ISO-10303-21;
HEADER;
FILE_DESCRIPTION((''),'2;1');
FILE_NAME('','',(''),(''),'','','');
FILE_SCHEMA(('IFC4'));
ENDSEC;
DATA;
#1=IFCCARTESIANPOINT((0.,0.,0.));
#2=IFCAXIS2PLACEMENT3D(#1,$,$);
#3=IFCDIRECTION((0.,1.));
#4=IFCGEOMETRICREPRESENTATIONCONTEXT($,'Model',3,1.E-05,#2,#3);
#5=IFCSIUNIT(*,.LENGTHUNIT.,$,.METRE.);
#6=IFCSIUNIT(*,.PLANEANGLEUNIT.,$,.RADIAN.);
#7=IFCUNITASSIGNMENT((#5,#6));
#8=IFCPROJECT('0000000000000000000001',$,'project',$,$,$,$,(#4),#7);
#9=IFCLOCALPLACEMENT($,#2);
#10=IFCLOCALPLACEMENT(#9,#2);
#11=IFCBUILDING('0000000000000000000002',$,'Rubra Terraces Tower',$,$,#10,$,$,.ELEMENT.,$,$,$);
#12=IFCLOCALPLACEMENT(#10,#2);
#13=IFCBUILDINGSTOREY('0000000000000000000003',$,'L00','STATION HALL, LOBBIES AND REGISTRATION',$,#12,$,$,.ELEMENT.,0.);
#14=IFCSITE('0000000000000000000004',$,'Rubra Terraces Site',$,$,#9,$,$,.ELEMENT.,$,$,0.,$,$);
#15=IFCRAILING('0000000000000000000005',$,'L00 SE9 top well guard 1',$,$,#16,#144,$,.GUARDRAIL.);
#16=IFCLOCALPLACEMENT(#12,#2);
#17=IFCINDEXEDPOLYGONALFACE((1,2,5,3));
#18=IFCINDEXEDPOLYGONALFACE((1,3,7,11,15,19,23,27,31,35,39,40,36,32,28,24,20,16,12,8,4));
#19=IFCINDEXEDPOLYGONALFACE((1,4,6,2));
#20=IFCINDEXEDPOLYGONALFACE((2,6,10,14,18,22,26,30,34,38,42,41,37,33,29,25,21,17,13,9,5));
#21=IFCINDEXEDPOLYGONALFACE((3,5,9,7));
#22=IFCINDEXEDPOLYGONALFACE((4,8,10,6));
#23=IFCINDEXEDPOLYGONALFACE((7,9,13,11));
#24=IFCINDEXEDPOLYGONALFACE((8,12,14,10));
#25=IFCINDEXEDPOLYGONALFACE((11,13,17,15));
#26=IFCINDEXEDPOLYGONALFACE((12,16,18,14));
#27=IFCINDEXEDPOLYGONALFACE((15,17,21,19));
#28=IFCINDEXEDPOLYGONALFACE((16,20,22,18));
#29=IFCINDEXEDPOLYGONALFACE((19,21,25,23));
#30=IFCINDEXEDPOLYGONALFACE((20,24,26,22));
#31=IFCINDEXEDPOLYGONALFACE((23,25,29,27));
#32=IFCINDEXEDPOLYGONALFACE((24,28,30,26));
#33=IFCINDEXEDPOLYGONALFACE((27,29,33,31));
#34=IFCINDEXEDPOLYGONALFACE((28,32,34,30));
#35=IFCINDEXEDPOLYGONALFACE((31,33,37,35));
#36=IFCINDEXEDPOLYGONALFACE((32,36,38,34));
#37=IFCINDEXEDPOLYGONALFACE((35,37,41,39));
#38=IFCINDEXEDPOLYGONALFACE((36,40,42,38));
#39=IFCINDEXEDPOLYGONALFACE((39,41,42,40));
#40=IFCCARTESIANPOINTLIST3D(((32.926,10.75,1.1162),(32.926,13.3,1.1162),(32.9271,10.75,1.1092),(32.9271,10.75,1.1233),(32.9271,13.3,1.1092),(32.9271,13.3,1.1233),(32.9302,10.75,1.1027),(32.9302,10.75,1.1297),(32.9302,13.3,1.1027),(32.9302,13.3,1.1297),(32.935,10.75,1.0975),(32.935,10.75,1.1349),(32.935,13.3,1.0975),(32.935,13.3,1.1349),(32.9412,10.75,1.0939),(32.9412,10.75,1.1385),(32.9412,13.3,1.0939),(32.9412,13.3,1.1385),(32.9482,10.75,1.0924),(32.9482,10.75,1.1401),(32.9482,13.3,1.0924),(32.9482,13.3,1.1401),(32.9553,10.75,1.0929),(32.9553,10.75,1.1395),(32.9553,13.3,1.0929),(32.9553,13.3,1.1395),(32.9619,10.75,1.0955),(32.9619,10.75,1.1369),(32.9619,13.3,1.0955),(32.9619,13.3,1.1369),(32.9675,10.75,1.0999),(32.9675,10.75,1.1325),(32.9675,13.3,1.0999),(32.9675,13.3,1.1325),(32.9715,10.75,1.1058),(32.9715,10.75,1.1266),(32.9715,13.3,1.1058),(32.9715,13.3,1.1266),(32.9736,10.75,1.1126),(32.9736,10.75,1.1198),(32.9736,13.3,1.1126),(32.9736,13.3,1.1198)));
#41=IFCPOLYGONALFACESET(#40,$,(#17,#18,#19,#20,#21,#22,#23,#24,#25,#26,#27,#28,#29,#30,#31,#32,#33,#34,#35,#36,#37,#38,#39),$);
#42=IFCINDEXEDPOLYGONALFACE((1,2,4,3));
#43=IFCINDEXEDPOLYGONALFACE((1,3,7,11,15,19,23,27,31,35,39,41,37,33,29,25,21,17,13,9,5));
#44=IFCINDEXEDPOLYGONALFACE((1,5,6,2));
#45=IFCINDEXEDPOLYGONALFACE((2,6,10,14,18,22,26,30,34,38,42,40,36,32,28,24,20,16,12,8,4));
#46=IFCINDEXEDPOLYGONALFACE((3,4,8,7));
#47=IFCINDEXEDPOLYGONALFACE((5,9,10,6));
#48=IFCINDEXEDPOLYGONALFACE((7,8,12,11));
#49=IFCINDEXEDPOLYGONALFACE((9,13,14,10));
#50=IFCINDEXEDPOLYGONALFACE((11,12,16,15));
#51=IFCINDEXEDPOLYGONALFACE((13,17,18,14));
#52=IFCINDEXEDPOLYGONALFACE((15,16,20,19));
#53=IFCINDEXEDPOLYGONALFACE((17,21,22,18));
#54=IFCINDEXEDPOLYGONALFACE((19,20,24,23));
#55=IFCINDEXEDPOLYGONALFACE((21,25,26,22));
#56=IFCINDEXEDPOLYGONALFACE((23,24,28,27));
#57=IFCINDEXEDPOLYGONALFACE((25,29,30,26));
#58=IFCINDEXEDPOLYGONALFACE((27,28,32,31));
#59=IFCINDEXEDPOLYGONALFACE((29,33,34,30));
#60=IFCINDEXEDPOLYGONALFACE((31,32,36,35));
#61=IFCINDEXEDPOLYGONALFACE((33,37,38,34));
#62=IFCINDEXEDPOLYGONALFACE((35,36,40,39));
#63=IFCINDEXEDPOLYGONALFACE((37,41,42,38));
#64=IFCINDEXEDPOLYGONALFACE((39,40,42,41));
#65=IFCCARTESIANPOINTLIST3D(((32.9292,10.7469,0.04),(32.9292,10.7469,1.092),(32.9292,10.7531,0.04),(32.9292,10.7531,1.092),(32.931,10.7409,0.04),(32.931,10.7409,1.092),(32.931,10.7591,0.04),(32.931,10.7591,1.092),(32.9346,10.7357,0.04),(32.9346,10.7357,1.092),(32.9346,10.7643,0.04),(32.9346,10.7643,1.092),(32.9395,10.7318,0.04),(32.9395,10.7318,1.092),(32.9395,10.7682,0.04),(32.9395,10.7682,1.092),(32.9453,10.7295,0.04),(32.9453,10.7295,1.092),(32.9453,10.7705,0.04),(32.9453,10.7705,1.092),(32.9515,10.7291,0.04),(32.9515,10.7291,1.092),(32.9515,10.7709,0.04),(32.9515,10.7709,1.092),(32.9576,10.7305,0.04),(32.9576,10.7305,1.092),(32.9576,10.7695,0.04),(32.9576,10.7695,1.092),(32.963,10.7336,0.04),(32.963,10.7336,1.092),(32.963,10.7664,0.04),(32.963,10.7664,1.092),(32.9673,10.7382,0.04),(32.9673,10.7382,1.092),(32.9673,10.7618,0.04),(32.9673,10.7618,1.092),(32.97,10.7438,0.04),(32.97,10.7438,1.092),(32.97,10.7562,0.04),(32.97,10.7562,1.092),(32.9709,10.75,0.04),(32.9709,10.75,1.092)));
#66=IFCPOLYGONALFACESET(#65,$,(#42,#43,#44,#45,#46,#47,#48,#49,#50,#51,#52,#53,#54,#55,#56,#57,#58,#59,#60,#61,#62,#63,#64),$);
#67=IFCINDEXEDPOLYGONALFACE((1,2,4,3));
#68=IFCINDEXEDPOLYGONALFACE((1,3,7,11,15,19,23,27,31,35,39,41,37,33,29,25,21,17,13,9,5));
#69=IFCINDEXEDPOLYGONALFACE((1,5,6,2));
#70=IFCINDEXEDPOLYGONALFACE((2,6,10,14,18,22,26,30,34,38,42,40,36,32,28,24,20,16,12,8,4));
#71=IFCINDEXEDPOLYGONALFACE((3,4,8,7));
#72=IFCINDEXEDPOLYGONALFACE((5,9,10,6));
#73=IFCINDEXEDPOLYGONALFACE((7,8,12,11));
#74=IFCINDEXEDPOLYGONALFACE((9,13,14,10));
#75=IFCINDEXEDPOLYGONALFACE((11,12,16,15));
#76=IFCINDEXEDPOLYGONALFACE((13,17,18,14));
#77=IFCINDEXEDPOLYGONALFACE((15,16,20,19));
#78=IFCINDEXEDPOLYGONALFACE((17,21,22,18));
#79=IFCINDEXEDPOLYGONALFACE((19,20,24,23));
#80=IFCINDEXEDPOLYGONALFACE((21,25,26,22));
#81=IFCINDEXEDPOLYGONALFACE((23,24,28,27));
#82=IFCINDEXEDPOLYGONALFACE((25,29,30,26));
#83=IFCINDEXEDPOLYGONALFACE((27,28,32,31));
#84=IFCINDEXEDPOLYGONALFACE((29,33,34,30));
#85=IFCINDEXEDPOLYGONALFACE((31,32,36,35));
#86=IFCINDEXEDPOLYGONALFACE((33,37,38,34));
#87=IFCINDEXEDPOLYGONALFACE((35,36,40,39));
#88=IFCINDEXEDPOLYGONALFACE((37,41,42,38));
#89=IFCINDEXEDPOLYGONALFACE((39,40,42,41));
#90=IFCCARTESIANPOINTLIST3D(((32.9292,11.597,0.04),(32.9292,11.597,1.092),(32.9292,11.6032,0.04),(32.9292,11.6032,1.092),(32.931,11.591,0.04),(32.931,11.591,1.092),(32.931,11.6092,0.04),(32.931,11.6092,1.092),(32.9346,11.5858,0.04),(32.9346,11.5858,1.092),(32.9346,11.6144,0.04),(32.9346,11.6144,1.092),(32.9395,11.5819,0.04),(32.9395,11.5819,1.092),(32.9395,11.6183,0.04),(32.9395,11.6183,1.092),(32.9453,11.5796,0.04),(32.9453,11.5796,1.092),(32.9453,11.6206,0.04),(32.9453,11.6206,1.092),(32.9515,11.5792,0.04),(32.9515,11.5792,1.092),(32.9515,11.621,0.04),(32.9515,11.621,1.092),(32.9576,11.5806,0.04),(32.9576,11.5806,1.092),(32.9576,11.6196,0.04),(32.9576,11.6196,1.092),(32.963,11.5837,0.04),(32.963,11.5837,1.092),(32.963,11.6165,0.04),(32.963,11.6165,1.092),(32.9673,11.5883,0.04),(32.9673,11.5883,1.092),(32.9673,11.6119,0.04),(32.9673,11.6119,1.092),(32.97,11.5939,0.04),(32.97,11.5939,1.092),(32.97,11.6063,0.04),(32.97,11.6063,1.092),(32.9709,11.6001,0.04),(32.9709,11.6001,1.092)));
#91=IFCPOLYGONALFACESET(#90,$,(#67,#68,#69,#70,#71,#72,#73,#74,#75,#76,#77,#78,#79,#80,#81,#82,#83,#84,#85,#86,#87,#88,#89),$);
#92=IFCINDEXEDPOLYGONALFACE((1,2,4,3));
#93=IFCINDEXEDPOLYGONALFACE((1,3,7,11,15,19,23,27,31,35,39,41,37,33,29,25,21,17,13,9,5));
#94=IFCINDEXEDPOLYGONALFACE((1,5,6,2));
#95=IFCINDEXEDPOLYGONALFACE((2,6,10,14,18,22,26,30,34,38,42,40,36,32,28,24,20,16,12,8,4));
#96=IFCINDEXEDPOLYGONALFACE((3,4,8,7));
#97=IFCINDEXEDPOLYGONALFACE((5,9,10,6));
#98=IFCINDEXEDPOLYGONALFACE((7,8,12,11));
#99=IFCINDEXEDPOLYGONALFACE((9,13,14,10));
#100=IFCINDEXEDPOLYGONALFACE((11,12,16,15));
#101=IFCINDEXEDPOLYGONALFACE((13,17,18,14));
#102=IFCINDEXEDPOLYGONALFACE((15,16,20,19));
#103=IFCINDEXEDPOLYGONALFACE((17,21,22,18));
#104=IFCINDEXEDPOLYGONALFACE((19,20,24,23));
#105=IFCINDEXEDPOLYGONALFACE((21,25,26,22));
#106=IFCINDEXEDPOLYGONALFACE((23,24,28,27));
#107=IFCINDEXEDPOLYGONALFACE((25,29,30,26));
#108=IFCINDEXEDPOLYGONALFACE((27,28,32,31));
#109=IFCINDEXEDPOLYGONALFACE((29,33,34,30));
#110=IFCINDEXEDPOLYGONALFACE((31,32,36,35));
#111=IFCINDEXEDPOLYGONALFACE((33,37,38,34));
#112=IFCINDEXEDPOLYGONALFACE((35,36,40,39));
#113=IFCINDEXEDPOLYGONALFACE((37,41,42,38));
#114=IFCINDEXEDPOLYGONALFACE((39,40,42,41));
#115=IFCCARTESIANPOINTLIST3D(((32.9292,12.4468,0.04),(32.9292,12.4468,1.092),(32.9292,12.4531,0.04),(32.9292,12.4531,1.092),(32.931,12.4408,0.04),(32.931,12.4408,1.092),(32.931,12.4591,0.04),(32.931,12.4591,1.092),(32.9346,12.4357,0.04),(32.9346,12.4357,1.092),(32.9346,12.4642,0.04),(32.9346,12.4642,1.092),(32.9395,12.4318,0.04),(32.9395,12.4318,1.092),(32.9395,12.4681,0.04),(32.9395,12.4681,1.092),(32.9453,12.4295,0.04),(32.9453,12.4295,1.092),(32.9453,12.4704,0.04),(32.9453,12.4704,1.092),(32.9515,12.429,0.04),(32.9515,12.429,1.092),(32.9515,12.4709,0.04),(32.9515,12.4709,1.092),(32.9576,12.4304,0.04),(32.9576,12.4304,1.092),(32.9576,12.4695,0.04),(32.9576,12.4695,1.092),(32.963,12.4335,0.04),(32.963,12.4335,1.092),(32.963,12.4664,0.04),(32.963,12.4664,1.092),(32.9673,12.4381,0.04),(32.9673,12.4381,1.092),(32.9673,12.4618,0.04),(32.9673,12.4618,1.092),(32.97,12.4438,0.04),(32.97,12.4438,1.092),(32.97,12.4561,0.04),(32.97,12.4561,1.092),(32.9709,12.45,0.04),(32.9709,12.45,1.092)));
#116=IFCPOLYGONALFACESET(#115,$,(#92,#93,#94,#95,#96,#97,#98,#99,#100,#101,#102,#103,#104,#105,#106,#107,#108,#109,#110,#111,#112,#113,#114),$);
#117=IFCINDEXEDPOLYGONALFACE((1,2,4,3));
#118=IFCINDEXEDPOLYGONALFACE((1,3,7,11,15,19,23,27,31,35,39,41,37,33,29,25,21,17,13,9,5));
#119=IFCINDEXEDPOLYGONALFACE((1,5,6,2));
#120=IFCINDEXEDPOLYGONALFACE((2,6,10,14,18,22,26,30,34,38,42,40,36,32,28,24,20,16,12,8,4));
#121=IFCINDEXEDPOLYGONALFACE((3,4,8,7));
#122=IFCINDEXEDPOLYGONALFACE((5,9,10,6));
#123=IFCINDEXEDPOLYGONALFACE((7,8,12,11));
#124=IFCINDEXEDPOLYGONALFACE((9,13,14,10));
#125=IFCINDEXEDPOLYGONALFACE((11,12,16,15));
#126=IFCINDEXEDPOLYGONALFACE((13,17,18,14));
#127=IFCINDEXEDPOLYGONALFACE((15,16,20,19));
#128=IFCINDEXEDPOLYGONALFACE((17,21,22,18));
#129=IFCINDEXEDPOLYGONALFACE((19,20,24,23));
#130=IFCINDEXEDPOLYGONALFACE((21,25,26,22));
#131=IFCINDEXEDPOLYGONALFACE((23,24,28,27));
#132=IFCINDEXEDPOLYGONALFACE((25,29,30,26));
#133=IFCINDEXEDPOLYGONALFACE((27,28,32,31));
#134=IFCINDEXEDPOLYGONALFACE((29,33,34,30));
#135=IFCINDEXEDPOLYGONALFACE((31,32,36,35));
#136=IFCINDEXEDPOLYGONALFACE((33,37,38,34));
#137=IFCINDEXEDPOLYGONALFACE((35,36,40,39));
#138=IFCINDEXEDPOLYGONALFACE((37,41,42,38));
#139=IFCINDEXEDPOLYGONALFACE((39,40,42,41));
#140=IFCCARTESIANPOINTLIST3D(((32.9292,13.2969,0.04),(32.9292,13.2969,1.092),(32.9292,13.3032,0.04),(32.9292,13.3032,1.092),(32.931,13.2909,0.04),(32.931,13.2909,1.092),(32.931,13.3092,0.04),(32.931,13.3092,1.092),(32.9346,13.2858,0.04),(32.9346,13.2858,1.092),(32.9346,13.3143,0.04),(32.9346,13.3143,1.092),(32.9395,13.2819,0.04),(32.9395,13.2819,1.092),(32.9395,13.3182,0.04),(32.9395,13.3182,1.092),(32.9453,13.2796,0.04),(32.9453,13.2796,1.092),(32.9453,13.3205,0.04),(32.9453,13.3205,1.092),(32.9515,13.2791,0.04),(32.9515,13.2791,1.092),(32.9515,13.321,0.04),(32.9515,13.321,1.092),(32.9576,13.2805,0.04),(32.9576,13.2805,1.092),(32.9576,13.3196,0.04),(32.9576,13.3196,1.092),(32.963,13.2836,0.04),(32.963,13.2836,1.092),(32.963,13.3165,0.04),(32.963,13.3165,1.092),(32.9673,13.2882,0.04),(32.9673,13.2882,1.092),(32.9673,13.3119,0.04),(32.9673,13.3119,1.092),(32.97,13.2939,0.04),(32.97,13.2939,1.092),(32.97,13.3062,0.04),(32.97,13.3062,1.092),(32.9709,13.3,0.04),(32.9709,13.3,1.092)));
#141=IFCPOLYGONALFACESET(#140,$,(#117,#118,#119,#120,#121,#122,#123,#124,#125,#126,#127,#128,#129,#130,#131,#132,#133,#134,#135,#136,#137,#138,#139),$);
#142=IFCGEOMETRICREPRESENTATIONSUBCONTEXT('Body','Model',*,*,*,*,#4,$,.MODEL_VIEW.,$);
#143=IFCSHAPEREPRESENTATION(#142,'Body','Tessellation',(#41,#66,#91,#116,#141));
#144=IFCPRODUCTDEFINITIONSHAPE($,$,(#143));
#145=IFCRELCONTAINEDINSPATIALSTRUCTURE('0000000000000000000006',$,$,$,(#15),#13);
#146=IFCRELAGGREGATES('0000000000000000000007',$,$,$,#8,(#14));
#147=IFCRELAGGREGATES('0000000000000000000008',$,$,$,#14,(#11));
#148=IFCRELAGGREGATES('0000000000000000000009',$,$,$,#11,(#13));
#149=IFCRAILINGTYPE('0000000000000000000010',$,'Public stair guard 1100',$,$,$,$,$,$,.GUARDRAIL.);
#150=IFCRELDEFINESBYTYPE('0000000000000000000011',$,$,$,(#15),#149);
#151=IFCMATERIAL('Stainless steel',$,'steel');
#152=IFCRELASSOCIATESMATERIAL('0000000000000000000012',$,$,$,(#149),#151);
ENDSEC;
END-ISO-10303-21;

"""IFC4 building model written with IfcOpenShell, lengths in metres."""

from ifc_helpers import new_model, si_unit, direction, frame, origin, origin_2d, place, context, subcontext, project, spatial, circle, extrude, material, type_object, element, save


model = new_model("IFC4")

# Units and contexts
model_context = context("Model", 3, precision=1e-05, world=origin(), true_north=direction((0.0, 1.0)))
body_context = subcontext(model_context, "Body", "Model", "MODEL_VIEW")
ifc_project = project(units=[si_unit("LENGTHUNIT", "METRE"), si_unit("PLANEANGLEUNIT", "RADIAN")], contexts=[model_context])

# Site, building, storey
site_placement = place(None, origin())
site = spatial("IfcSite", under=ifc_project, at=site_placement, Name="Rubra Terraces Site", CompositionType="ELEMENT", RefElevation=0.0)
building_placement = place(site_placement, origin())
building = spatial("IfcBuilding", under=site, at=building_placement, Name="Rubra Terraces Tower", CompositionType="ELEMENT")
storey_placement = place(building_placement, origin())
storey = spatial("IfcBuildingStorey", under=building, at=storey_placement, Name="L00", Description="STATION HALL, LOBBIES AND REGISTRATION", CompositionType="ELEMENT", Elevation=0.0)

# Railing
ifc_material_1 = material(Name="Stainless steel", Category="steel")
railing_type = type_object("IfcRailingType", Name="Public stair guard 1100", PredefinedType="GUARDRAIL", material=ifc_material_1)
railing_1_placement = place(storey_placement, frame((32.95, 10.75, 0.04)))
element("IfcRailing", 1, at=railing_1_placement, inside=storey, type_object=railing_type, Name="L00 SE9 top well guard 1", PredefinedType="GUARDRAIL", context=body_context, shape_type="SweptSolid", body=[
    extrude(circle(Radius=0.0239, at=origin_2d()), frame((0.0, 0.0, 1.0762), z_axis=(0.0, 1.0, 0.0), x_axis=(-1.0, 0.0, 0.0)), (0.0, 0.0, 1.0), 2.55),
    extrude(circle(Radius=0.021, at=origin_2d()), origin(), (0.0, 0.0, 1.0), 1.052),
    extrude(circle(Radius=0.021, at=origin_2d()), frame((0.0, 0.8501, 0.0)), (0.0, 0.0, 1.0), 1.052),
    extrude(circle(Radius=0.021, at=origin_2d()), frame((0.0, 1.7, 0.0)), (0.0, 0.0, 1.0), 1.052),
    extrude(circle(Radius=0.021, at=origin_2d()), frame((0.0, 2.55, 0.0)), (0.0, 0.0, 1.0), 1.052),
])

save(model, "model.ifc")
